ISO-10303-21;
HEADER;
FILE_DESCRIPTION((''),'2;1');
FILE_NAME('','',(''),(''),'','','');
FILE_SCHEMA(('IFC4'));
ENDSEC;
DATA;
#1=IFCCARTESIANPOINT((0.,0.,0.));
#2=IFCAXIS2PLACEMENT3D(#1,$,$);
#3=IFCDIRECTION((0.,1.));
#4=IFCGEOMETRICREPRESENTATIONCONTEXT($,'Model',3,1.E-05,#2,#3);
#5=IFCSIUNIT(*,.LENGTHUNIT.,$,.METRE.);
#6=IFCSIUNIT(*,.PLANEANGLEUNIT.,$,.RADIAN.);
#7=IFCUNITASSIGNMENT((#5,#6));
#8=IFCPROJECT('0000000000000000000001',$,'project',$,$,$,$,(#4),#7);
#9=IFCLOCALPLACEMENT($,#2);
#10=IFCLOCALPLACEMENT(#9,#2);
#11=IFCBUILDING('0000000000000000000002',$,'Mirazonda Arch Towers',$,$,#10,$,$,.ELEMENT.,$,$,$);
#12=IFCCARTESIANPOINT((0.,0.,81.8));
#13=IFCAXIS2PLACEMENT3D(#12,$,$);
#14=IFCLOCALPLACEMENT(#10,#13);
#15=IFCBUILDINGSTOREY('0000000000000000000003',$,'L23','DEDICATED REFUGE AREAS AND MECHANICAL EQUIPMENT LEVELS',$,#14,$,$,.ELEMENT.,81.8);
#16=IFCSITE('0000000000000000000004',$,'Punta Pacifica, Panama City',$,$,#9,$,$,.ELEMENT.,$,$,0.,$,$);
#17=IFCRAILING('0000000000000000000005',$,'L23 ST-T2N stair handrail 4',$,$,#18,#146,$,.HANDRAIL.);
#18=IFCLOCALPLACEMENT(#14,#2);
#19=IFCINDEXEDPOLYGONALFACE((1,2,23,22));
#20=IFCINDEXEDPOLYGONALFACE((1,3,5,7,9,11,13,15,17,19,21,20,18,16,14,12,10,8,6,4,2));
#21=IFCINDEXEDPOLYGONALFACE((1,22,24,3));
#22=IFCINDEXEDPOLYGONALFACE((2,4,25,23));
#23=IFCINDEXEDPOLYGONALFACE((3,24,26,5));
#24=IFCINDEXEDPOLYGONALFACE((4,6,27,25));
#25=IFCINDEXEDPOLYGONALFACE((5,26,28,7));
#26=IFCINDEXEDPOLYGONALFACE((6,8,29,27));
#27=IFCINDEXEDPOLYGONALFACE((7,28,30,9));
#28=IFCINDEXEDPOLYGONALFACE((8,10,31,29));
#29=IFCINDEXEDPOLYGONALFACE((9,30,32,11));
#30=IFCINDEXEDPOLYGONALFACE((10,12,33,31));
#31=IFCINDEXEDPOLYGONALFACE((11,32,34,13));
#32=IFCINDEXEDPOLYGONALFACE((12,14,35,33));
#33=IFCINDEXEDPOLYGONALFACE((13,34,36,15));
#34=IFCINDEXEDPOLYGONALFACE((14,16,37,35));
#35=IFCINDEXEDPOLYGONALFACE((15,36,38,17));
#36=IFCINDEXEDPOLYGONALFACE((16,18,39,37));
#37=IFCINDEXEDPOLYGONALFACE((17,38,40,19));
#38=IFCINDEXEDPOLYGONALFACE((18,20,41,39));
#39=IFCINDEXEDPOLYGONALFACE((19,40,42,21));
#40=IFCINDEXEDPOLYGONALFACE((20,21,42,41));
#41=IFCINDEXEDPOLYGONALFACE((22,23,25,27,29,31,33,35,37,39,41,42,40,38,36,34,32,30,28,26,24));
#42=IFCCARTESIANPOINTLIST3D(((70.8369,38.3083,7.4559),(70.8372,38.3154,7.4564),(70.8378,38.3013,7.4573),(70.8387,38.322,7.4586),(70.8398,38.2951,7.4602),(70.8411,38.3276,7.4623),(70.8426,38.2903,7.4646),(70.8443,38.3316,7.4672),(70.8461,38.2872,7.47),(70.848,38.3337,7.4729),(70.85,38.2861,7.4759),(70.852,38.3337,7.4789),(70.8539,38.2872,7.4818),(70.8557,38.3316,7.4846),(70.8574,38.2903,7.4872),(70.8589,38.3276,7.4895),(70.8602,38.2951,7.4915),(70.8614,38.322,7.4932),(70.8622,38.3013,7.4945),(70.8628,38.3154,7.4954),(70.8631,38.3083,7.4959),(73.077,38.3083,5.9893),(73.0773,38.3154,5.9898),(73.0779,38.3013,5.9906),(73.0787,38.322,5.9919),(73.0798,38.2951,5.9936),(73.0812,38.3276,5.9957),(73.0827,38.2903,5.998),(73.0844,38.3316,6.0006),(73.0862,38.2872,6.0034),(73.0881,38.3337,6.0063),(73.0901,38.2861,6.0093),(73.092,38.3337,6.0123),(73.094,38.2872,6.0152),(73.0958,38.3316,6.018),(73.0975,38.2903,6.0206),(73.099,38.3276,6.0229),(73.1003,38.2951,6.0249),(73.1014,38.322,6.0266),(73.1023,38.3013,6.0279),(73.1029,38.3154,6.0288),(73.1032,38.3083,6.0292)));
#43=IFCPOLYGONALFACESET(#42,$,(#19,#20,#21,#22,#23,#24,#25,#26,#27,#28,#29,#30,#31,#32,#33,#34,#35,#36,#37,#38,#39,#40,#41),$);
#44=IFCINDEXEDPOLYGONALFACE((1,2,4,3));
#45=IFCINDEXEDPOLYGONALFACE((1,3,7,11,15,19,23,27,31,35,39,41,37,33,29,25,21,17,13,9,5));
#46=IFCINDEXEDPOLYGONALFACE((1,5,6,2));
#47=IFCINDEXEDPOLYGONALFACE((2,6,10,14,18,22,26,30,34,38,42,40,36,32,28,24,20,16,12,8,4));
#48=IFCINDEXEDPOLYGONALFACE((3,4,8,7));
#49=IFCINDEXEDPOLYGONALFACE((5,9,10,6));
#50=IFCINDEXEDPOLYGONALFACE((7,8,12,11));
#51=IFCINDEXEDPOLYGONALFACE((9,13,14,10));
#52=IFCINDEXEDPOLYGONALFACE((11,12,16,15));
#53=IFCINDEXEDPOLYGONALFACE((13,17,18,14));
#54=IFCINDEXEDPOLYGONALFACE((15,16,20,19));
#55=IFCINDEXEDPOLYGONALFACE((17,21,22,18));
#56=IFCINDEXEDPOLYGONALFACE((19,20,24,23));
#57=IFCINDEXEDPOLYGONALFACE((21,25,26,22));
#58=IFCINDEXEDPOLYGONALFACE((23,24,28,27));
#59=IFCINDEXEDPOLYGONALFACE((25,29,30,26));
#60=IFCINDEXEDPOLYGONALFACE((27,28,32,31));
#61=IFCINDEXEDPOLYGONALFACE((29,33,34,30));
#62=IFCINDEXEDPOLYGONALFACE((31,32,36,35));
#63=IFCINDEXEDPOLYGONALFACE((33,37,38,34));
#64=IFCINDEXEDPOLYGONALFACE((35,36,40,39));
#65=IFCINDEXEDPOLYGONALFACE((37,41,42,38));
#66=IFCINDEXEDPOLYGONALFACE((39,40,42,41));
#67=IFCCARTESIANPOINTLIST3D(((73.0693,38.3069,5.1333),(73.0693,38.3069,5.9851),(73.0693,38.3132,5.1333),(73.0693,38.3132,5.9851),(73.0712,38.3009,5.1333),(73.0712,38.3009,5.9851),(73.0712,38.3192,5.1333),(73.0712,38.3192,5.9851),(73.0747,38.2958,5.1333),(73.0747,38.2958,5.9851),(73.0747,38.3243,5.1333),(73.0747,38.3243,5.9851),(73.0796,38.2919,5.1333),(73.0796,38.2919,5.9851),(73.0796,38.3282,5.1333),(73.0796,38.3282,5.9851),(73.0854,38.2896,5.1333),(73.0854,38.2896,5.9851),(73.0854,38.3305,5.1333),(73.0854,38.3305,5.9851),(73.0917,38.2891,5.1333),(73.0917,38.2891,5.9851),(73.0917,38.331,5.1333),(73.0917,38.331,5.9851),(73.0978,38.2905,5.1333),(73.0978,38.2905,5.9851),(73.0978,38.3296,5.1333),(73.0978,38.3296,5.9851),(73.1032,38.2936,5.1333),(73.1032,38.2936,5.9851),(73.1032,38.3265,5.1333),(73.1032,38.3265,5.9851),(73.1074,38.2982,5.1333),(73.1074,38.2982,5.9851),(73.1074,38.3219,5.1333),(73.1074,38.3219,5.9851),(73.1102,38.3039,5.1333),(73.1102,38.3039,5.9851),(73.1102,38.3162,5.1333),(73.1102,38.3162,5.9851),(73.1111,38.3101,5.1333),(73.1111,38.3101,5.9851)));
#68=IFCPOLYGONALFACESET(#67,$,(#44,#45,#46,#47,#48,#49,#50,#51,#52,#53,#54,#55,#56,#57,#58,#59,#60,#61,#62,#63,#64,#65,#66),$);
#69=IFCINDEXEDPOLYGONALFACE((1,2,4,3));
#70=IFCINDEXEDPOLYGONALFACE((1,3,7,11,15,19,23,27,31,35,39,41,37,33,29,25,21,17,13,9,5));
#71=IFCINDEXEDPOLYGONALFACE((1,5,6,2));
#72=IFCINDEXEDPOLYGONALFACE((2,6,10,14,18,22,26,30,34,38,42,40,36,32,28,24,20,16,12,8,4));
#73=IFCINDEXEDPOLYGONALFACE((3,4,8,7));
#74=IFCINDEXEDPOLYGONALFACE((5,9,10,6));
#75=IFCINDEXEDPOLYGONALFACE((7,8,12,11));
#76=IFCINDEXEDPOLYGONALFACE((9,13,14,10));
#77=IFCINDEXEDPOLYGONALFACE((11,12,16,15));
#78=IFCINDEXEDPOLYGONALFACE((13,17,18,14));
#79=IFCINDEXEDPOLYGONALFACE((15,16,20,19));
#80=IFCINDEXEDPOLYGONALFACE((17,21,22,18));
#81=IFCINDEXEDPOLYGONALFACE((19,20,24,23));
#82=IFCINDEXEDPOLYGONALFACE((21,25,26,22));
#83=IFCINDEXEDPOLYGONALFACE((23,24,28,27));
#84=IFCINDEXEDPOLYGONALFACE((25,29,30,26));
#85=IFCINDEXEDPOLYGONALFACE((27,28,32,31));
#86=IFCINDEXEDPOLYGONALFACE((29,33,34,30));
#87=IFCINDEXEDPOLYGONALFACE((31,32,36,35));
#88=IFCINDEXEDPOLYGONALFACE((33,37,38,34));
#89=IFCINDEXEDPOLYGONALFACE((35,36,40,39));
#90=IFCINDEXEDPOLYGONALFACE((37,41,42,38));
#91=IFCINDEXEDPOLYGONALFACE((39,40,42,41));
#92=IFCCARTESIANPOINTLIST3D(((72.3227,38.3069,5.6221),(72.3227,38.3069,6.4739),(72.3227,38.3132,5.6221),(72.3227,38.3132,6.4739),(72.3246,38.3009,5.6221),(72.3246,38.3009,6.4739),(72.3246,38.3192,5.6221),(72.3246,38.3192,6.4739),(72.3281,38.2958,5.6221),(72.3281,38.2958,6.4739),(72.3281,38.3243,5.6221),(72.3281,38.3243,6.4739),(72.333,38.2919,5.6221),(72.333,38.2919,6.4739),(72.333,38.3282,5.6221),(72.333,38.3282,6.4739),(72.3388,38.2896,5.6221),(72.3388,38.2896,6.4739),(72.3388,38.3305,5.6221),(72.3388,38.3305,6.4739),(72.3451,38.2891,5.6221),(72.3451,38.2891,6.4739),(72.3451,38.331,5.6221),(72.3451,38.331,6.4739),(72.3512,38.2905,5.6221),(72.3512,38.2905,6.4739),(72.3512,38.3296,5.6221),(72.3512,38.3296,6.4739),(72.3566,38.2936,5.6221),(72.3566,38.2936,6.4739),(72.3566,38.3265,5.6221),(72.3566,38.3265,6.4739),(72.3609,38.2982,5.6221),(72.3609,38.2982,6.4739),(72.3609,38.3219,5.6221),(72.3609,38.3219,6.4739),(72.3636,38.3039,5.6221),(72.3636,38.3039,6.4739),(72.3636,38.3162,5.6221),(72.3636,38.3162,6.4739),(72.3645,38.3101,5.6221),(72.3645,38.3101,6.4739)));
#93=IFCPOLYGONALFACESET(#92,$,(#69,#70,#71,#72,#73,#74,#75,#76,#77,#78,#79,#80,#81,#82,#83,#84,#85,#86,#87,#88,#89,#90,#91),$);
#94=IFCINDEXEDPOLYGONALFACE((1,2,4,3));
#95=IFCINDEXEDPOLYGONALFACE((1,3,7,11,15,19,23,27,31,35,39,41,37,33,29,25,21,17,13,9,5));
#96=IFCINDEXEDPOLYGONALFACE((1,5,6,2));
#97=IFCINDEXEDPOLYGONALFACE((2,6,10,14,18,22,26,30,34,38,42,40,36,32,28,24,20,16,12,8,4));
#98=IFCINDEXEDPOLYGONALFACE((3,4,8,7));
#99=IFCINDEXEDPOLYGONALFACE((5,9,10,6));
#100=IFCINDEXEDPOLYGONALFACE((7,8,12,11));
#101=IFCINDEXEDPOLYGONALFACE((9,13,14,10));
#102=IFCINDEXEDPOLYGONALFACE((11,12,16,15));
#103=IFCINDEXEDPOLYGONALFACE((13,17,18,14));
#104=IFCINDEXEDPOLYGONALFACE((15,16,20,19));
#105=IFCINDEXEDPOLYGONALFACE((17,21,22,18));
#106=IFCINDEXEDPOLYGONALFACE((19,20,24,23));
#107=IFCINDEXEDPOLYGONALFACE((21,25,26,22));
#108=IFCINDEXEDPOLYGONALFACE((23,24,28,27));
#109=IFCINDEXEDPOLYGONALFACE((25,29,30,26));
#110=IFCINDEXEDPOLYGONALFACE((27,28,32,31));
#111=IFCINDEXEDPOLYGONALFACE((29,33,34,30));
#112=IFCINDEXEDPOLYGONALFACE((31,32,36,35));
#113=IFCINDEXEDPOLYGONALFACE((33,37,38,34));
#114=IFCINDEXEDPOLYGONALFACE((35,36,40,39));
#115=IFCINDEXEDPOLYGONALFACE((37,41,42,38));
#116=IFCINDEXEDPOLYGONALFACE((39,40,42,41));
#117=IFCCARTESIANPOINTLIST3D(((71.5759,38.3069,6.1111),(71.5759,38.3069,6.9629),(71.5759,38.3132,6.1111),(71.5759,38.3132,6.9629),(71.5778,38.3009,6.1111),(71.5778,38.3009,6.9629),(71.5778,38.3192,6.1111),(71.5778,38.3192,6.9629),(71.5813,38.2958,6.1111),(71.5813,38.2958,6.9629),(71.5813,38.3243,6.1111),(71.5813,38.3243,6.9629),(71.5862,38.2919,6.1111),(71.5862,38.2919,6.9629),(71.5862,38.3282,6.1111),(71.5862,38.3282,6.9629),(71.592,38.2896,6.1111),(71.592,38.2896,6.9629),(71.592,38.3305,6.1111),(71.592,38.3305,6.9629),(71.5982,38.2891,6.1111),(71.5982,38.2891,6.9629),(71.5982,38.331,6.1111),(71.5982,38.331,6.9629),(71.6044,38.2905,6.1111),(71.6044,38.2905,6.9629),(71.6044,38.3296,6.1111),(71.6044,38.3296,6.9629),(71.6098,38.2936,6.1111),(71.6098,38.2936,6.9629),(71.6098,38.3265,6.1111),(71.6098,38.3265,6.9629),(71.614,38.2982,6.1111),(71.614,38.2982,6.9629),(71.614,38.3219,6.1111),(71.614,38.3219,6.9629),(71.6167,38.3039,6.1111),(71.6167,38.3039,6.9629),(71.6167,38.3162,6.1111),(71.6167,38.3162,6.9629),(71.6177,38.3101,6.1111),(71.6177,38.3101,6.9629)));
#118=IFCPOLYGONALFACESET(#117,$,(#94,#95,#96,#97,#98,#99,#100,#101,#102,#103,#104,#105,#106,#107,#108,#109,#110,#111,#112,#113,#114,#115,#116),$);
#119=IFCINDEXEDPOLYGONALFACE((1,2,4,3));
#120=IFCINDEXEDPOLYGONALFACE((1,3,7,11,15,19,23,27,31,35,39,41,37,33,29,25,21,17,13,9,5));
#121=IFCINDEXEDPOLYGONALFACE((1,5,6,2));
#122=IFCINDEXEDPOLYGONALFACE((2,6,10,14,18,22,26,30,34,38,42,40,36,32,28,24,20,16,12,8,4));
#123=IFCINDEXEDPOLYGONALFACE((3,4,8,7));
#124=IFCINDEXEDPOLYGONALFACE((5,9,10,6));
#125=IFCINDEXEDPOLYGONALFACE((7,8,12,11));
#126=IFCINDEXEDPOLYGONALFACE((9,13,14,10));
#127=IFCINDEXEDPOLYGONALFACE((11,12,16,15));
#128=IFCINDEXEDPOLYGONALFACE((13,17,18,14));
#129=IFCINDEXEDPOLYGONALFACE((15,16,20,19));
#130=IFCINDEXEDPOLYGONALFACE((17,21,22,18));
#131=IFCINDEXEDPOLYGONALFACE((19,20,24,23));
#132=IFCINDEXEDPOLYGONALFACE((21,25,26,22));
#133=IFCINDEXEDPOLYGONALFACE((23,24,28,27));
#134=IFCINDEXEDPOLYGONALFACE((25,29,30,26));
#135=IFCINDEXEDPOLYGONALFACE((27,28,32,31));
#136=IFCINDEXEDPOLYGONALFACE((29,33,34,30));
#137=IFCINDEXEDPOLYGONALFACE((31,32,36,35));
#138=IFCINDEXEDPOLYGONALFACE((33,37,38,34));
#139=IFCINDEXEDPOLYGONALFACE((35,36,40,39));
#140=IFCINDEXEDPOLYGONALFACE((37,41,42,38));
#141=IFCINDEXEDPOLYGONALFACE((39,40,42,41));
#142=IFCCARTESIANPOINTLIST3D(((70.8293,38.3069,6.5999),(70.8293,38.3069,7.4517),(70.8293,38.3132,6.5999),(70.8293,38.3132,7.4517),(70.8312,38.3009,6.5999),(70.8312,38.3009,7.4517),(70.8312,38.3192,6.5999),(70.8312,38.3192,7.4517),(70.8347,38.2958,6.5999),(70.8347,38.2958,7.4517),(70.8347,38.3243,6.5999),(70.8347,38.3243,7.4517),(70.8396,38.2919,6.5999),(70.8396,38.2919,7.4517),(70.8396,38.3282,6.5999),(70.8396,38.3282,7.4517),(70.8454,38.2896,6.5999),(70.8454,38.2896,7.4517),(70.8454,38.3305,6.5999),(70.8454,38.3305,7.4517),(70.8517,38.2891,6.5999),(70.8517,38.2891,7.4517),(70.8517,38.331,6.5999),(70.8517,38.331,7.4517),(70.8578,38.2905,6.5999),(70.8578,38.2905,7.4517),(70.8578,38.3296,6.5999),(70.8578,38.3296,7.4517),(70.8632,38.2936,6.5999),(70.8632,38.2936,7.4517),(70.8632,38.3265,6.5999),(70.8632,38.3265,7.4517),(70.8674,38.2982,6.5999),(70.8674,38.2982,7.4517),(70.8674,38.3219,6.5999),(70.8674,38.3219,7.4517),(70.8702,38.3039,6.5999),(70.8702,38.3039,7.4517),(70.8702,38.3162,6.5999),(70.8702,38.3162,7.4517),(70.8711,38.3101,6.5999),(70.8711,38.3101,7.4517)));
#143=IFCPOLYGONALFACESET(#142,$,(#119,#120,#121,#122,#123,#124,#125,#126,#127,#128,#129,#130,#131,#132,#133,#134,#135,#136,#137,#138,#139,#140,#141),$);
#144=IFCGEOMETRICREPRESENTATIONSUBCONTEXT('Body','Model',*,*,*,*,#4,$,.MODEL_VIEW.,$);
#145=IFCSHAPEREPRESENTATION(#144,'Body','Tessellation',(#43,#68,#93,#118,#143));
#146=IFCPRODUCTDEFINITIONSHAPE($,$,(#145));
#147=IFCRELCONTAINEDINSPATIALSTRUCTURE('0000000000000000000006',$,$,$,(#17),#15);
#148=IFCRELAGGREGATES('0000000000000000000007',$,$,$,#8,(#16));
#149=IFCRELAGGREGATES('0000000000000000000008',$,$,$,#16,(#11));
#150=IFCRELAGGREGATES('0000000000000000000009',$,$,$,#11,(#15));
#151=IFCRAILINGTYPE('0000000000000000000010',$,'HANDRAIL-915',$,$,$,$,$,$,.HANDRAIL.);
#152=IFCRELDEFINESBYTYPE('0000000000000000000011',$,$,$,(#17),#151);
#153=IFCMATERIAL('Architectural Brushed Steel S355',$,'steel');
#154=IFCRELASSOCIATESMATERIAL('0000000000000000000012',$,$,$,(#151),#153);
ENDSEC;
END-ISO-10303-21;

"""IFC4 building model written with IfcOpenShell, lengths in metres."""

from ifc_helpers import new_model, si_unit, direction, frame, origin, origin_2d, place, context, subcontext, project, spatial, circle, extrude, material, type_object, element, save


model = new_model("IFC4")

# Units and contexts
model_context = context("Model", 3, precision=1e-05, world=origin(), true_north=direction((0.0, 1.0)))
body_context = subcontext(model_context, "Body", "Model", "MODEL_VIEW")
ifc_project = project(units=[si_unit("LENGTHUNIT", "METRE"), si_unit("PLANEANGLEUNIT", "RADIAN")], contexts=[model_context])

# Site, building, storey
site_placement = place(None, origin())
site = spatial("IfcSite", under=ifc_project, at=site_placement, Name="Punta Pacifica, Panama City", CompositionType="ELEMENT", RefElevation=0.0)
building_placement = place(site_placement, origin())
building = spatial("IfcBuilding", under=site, at=building_placement, Name="Mirazonda Arch Towers", CompositionType="ELEMENT")
storey_placement = place(building_placement, frame((0.0, 0.0, 81.8)))
storey = spatial("IfcBuildingStorey", under=building, at=storey_placement, Name="L23", Description="DEDICATED REFUGE AREAS AND MECHANICAL EQUIPMENT LEVELS", CompositionType="ELEMENT", Elevation=81.8)

# Shared definitions
ifc_material_1 = material(Name="Architectural Brushed Steel S355", Category="steel")

# Railing
railing_type_1 = type_object("IfcRailingType", Name="HANDRAIL-915", PredefinedType="HANDRAIL", material=ifc_material_1)
railing_1_placement = place(storey_placement, frame((73.0901, 38.3101, 5.1333)))
element("IfcRailing", 1, at=railing_1_placement, inside=storey, type_object=railing_type_1, Name="L23 ST-T2N stair handrail 4", PredefinedType="HANDRAIL", context=body_context, shape_type="SweptSolid", body=[
    extrude(circle(Radius=0.0239, at=origin_2d()), frame((0.0, 0.0, 0.876), z_axis=(-0.836637, 0.0, 0.547758), x_axis=(0.0, -1.0, 0.0)), (0.0, 0.0, 1.0), 2.6775),
    extrude(circle(Radius=0.021, at=origin_2d()), origin(), (0.0, 0.0, 1.0), 0.8518),
    extrude(circle(Radius=0.021, at=origin_2d()), frame((-0.7466, 0.0, 0.4888)), (0.0, 0.0, 1.0), 0.8518),
    extrude(circle(Radius=0.021, at=origin_2d()), frame((-1.4934, 0.0, 0.9778)), (0.0, 0.0, 1.0), 0.8518),
    extrude(circle(Radius=0.021, at=origin_2d()), frame((-2.24, 0.0, 1.4666)), (0.0, 0.0, 1.0), 0.8518),
])

save(model, "model.ifc")
